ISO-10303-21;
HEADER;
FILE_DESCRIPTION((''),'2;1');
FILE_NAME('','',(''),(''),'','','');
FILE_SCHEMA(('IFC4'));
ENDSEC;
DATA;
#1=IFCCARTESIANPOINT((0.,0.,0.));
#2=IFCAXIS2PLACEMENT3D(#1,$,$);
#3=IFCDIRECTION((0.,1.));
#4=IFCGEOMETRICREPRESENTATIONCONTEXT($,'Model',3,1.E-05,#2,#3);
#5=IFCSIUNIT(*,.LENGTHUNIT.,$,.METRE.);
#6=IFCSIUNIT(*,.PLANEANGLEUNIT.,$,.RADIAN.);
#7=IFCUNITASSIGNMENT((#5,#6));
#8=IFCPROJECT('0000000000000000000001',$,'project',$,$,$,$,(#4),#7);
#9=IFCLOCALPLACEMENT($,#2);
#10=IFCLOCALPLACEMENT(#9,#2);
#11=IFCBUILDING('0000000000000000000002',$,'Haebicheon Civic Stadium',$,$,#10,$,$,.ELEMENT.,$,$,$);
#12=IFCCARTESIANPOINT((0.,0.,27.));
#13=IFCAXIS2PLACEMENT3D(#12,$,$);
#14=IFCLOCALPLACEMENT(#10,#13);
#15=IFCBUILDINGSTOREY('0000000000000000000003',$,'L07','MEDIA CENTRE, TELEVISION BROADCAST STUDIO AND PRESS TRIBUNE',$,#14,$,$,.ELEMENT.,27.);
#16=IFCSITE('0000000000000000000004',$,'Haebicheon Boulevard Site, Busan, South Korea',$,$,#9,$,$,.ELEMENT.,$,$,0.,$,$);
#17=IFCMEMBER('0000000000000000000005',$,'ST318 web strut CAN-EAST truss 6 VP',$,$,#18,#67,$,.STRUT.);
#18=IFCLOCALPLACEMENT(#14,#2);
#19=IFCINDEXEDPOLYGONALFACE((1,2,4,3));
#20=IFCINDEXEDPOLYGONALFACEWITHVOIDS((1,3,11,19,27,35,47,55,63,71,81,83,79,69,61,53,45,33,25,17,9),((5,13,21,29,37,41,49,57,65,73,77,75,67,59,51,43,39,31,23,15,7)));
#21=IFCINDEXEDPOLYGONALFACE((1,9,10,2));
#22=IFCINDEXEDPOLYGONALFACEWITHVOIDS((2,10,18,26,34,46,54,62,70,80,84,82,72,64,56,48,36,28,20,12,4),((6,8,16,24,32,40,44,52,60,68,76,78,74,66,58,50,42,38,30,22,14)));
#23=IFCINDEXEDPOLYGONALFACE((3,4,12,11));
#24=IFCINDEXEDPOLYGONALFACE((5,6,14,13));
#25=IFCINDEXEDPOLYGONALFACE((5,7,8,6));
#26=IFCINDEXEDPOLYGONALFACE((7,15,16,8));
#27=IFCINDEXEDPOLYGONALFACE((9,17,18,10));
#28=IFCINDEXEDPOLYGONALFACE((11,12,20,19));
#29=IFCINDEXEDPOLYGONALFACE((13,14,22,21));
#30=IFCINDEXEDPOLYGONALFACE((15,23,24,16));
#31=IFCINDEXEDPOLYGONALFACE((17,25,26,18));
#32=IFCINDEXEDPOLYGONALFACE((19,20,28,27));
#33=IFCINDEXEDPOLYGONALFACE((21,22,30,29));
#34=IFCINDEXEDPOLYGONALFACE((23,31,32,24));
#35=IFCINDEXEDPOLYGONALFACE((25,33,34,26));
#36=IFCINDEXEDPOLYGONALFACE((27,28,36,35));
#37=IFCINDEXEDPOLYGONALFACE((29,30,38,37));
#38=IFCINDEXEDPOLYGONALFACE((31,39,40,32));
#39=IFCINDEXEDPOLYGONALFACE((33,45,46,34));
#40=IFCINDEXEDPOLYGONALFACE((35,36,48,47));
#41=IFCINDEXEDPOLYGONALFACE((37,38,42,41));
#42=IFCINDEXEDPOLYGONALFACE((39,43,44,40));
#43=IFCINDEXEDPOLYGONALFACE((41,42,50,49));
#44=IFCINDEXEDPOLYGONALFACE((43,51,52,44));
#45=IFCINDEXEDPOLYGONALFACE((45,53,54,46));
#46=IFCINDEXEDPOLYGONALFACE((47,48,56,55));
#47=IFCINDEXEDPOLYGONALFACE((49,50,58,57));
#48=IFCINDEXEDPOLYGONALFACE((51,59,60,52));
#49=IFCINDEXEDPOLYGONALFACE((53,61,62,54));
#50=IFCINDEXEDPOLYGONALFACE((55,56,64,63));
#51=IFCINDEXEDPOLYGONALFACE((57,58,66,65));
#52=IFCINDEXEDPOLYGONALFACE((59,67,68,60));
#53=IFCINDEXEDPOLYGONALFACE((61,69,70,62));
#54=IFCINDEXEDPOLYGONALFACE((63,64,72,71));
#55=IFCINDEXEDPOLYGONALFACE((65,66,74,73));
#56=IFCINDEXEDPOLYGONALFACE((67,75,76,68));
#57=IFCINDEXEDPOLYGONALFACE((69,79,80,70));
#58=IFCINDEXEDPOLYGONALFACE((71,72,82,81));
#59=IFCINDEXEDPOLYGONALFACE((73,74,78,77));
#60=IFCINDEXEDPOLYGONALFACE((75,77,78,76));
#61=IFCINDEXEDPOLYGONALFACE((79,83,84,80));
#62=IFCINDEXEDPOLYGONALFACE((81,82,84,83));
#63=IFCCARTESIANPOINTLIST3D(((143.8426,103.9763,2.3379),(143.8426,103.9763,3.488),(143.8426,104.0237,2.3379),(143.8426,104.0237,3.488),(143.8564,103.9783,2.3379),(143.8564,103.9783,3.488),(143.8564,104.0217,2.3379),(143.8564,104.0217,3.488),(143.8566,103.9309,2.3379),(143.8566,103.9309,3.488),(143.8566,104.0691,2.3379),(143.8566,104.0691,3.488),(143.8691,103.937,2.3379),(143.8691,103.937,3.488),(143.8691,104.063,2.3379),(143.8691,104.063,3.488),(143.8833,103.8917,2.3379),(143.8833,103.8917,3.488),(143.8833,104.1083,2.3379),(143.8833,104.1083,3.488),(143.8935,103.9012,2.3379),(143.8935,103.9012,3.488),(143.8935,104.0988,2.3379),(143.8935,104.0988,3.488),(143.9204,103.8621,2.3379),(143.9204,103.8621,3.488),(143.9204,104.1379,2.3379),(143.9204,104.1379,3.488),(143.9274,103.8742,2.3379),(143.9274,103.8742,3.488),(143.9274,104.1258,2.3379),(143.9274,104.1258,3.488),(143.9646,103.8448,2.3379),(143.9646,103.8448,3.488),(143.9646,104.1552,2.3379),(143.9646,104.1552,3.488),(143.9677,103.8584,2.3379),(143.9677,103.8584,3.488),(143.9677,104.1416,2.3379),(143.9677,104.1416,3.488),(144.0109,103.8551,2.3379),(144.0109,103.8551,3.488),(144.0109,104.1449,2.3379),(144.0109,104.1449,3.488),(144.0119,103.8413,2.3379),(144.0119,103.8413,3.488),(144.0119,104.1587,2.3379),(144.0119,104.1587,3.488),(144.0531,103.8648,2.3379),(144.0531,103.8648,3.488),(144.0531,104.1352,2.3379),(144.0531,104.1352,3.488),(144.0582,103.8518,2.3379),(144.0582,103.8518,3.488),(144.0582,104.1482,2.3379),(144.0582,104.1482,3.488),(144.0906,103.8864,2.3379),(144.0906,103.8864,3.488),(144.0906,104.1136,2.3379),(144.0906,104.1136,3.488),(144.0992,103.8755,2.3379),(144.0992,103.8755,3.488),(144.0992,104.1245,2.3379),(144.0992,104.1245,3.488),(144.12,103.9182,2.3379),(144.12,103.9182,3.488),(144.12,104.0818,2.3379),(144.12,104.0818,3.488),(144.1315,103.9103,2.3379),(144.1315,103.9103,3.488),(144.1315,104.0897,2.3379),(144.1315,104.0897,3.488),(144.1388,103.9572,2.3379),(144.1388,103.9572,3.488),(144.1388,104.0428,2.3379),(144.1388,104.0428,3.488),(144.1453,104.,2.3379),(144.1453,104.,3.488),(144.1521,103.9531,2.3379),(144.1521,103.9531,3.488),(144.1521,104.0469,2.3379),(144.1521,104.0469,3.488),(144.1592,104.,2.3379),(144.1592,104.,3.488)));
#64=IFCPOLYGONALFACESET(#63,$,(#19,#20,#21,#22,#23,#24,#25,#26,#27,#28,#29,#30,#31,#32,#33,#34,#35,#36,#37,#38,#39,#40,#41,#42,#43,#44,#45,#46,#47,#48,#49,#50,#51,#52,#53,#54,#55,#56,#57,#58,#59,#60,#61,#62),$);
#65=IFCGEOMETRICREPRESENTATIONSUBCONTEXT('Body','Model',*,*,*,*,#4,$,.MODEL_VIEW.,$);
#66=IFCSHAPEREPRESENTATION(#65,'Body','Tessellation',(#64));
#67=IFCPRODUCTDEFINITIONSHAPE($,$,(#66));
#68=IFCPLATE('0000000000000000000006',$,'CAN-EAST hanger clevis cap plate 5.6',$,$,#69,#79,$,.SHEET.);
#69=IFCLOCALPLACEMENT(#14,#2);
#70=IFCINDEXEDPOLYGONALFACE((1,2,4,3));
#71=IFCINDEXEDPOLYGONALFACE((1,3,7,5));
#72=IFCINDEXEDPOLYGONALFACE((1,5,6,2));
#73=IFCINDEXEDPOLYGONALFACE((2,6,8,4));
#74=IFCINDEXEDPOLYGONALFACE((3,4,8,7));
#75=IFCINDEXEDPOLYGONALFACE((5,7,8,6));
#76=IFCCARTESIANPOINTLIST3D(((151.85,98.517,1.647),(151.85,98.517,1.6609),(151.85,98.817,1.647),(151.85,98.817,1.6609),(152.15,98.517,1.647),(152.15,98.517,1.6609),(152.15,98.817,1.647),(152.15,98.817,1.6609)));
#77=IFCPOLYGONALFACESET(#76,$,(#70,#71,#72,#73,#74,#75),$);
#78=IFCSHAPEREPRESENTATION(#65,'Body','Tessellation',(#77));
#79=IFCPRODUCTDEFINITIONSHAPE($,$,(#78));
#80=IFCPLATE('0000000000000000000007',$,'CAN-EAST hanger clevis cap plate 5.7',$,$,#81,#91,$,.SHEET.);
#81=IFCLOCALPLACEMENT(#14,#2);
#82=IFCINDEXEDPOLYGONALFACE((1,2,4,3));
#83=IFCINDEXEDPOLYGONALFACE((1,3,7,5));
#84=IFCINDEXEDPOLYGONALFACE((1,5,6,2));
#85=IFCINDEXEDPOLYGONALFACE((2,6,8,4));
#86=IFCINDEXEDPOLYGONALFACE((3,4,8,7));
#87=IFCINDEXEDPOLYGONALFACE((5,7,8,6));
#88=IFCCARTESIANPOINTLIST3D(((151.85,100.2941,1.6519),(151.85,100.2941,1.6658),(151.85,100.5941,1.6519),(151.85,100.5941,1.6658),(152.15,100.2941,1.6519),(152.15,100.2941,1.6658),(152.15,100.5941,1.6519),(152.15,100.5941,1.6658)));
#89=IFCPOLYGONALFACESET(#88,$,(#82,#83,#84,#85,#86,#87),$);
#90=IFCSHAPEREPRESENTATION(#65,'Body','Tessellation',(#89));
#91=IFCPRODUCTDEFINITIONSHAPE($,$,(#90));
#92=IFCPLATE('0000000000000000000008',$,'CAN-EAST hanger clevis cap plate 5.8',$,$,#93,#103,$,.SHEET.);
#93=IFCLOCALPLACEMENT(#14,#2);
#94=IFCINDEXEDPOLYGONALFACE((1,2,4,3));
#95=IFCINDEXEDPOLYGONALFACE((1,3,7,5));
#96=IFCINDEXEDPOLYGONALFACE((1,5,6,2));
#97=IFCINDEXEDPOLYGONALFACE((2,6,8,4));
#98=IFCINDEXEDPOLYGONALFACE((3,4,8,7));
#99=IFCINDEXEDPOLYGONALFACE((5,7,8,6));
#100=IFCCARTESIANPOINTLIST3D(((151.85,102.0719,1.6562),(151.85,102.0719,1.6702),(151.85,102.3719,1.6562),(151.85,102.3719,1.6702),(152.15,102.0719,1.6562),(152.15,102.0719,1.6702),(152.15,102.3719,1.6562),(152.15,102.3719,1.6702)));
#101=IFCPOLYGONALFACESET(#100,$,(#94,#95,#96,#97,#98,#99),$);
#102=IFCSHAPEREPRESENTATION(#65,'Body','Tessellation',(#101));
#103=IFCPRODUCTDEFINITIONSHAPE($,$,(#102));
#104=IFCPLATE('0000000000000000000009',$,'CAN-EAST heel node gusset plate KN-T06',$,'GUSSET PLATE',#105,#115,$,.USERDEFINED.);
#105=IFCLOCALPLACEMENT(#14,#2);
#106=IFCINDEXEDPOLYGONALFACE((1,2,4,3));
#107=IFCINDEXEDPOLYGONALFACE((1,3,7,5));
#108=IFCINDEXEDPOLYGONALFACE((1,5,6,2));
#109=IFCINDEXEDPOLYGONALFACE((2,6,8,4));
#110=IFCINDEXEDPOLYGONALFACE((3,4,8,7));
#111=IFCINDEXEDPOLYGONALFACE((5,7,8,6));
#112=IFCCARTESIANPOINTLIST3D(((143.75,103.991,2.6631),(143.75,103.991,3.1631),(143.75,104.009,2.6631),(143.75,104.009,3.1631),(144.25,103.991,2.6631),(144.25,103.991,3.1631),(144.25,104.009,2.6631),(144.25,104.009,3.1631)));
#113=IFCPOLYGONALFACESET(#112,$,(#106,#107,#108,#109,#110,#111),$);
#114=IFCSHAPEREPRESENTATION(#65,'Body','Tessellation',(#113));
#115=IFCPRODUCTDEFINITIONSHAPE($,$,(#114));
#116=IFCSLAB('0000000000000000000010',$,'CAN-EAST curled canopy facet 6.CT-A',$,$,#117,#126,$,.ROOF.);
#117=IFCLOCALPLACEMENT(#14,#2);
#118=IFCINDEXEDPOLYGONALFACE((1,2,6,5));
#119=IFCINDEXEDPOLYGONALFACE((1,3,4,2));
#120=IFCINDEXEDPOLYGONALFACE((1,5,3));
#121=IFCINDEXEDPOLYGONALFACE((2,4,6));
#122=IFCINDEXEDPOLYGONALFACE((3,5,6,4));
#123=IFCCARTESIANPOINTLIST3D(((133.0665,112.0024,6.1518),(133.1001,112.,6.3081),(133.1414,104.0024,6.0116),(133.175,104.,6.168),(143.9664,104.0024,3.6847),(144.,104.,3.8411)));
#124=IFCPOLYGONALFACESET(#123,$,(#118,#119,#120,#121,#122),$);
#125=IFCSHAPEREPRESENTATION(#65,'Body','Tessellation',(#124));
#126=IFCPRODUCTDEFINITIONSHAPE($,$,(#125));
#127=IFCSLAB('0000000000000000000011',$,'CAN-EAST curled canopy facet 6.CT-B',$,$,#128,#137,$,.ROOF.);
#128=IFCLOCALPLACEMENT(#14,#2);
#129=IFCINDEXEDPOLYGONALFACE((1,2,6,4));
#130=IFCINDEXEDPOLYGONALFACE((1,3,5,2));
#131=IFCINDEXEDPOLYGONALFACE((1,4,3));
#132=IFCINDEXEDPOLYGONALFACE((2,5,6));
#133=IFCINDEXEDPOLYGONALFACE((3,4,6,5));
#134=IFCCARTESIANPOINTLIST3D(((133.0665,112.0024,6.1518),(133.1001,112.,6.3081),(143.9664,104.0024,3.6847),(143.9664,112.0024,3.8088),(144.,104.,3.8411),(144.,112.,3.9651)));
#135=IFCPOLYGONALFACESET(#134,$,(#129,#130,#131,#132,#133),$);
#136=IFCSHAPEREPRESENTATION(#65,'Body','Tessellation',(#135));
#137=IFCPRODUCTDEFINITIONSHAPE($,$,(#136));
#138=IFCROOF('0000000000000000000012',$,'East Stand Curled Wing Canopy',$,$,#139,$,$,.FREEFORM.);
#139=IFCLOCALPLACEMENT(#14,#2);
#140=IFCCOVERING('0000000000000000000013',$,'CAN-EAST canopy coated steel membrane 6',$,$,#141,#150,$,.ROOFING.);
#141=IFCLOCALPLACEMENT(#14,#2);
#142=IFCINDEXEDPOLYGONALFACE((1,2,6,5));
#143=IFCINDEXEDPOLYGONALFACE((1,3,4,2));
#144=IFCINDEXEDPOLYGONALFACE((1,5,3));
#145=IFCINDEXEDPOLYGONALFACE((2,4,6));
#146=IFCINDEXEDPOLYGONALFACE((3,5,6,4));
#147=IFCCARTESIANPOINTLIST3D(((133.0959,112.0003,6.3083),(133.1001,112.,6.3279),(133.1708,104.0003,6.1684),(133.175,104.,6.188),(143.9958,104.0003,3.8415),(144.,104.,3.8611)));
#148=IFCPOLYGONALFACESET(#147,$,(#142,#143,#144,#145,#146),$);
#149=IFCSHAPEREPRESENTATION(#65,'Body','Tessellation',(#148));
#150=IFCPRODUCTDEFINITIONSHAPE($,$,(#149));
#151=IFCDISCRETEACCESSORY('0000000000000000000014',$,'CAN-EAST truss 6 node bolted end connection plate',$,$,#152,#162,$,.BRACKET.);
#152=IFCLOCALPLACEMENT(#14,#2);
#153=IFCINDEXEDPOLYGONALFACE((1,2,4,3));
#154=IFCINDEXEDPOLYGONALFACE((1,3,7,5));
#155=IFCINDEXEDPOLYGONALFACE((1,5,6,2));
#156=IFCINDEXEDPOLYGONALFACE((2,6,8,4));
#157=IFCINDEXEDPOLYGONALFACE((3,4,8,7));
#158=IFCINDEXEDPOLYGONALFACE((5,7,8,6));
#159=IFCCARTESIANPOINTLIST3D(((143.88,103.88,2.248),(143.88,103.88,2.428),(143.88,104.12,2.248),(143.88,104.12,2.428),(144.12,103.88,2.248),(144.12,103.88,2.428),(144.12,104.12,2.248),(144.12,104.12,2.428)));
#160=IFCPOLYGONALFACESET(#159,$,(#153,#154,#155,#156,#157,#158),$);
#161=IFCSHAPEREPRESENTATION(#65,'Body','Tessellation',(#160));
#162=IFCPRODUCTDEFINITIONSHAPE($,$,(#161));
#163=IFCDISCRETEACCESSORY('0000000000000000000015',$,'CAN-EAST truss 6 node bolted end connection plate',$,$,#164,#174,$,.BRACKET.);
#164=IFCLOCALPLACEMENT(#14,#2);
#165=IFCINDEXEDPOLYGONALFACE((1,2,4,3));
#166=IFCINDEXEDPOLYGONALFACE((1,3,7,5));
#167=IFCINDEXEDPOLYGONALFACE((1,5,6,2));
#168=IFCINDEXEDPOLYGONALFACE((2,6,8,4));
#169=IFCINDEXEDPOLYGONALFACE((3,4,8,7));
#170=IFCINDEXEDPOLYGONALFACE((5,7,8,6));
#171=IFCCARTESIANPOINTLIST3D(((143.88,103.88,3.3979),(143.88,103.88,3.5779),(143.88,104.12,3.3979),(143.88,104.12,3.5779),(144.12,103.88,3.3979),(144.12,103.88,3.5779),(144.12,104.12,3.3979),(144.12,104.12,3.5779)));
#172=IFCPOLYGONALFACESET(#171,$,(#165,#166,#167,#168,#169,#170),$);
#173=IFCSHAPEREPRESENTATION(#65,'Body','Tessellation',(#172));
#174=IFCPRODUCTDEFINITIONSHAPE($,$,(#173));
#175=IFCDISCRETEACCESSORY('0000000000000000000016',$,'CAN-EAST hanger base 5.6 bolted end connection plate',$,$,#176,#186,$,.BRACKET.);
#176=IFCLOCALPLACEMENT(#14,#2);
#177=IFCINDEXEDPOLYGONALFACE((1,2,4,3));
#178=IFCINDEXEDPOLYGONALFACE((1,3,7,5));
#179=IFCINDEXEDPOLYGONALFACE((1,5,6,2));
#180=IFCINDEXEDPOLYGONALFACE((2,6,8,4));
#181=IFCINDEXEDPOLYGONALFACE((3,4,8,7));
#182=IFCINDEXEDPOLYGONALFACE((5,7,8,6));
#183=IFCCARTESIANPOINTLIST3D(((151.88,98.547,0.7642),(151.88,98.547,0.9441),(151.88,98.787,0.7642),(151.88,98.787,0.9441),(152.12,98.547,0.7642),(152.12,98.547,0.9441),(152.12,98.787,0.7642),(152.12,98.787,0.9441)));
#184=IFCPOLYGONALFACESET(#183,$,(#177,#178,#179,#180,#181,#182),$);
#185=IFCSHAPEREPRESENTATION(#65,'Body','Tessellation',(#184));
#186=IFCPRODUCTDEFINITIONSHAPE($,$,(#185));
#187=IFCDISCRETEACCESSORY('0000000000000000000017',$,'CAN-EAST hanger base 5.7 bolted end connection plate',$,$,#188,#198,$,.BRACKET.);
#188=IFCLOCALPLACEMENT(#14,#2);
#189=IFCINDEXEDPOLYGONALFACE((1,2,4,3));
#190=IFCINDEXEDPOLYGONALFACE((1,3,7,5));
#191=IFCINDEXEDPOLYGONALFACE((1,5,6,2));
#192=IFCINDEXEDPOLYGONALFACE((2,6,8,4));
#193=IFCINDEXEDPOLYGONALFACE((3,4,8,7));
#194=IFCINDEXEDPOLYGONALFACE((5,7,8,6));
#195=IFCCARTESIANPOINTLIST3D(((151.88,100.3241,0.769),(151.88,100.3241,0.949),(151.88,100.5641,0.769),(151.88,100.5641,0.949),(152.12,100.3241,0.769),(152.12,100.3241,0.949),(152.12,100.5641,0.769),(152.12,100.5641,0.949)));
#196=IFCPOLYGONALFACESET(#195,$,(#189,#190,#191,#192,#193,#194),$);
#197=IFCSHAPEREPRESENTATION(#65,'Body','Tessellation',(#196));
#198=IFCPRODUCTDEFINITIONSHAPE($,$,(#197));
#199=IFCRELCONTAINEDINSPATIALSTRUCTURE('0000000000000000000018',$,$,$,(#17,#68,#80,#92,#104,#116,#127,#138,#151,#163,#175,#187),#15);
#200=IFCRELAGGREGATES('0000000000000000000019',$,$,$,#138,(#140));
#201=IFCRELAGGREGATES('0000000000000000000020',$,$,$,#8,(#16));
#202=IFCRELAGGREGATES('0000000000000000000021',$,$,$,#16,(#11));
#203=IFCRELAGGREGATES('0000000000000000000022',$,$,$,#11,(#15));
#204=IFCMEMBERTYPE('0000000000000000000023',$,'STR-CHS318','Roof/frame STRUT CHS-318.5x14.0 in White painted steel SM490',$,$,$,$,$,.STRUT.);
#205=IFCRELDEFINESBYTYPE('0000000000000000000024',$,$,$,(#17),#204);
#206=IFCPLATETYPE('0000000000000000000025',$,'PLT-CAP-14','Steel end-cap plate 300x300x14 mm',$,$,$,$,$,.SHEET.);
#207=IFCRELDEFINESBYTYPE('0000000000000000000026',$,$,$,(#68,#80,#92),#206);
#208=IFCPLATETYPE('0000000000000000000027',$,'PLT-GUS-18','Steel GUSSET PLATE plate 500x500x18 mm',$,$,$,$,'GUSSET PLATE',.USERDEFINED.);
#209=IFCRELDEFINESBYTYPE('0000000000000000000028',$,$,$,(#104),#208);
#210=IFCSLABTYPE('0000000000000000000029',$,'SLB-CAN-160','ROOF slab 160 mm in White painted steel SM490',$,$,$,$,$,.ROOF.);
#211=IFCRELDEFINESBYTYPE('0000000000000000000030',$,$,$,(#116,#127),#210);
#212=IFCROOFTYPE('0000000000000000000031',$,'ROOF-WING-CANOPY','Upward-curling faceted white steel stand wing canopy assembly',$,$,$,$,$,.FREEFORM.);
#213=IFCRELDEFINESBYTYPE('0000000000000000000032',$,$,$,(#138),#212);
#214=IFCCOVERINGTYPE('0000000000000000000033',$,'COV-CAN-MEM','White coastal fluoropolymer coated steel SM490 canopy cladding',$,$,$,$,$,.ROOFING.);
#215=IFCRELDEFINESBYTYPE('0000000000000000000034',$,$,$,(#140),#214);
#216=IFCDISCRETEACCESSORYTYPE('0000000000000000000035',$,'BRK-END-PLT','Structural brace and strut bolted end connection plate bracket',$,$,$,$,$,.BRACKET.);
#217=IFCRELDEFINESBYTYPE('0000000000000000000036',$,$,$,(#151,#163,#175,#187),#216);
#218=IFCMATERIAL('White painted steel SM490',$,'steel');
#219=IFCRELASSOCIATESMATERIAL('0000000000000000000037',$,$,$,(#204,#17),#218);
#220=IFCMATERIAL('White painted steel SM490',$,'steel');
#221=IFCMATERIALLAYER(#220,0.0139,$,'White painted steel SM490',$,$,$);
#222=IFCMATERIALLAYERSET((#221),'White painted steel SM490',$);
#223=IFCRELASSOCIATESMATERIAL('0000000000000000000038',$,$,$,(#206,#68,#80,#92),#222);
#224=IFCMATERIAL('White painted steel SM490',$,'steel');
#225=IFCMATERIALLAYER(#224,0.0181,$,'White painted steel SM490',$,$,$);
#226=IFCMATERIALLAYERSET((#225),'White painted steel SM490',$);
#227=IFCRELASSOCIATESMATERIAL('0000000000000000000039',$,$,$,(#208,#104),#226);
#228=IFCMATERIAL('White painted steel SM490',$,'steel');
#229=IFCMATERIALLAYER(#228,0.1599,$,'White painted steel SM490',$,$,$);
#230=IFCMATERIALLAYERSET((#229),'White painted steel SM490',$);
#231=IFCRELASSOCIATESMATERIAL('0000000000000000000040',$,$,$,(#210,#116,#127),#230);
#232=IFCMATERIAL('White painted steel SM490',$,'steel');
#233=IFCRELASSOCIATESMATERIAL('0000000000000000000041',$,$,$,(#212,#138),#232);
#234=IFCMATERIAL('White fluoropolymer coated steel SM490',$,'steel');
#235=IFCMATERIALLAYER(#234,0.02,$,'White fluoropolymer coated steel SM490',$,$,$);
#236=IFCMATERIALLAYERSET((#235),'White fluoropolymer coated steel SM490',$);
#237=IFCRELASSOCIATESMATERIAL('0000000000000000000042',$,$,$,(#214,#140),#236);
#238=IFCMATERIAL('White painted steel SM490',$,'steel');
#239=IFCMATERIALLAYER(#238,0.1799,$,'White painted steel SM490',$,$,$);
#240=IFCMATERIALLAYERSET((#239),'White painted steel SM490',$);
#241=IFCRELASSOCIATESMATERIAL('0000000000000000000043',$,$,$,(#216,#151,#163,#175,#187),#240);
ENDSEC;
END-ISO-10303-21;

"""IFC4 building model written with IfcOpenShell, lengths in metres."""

from ifc_helpers import new_model, si_unit, direction, frame, origin, origin_2d, place, context, subcontext, project, spatial, polyline, rectangle, hollow_circle, outline, extrude, material, layer, layer_set, material_profile, profile_set, type_object, element, aggregate, save


model = new_model("IFC4")

# Units and contexts
model_context = context("Model", 3, precision=1e-05, world=origin(), true_north=direction((0.0, 1.0)))
body_context = subcontext(model_context, "Body", "Model", "MODEL_VIEW")
ifc_project = project(units=[si_unit("LENGTHUNIT", "METRE"), si_unit("PLANEANGLEUNIT", "RADIAN")], contexts=[model_context])

# Site, building, storey
site_placement = place(None, origin())
site = spatial("IfcSite", under=ifc_project, at=site_placement, Name="Haebicheon Boulevard Site, Busan, South Korea", CompositionType="ELEMENT", RefElevation=0.0)
building_placement = place(site_placement, origin())
building = spatial("IfcBuilding", under=site, at=building_placement, Name="Haebicheon Civic Stadium", CompositionType="ELEMENT")
storey_placement = place(building_placement, frame((0.0, 0.0, 27.0)))
storey = spatial("IfcBuildingStorey", under=building, at=storey_placement, Name="L07", Description="MEDIA CENTRE, TELEVISION BROADCAST STUDIO AND PRESS TRIBUNE", CompositionType="ELEMENT", Elevation=27.0)

# Member
ifc_material_1 = material(Name="White painted steel SM490", Category="steel")
ifc_material_profile_1 = material_profile(ifc_material_1, hollow_circle(Radius=0.1592, WallThickness=0.0139, at=origin_2d()), Name="CHS-318.5x14.0")
ifc_profile_set_1 = profile_set([ifc_material_profile_1], Name="White painted steel SM490")
member_type_1 = type_object("IfcMemberType", Name="STR-CHS318", Description="Roof/frame STRUT CHS-318.5x14.0 in White painted steel SM490", PredefinedType="STRUT", material=ifc_profile_set_1)
member_1_placement = place(storey_placement, frame((144.0, 104.0, 2.3379), z_axis=(0.0, 0.0, 1.0), x_axis=(1.0, 0.0, 0.0)))
element("IfcMember", 1, at=member_1_placement, inside=storey, type_object=member_type_1, material=ifc_profile_set_1, Name="ST318 web strut CAN-EAST truss 6 VP", PredefinedType="STRUT", context=body_context, shape_type="SweptSolid", body=[
    extrude(hollow_circle(Radius=0.1592, WallThickness=0.0139, at=origin_2d()), origin(), (0.0, 0.0, 1.0), 1.1501),
])

# Plates
ifc_material_2 = material(Name="White painted steel SM490", Category="steel")
ifc_layer_1 = layer(ifc_material_2, 0.0139, Name="White painted steel SM490")
ifc_layer_set_1 = layer_set([ifc_layer_1], Name="White painted steel SM490")
plate_type_1 = type_object("IfcPlateType", Name="PLT-CAP-14", Description="Steel end-cap plate 300x300x14 mm", PredefinedType="SHEET", material=ifc_layer_set_1)
for number, where, z_axis, x_axis, name in (
    (2, (152.0, 98.667, 1.647), (0.0, 0.0, 1.0), (1.0, 0.0, 0.0), "CAN-EAST hanger clevis cap plate 5.6"),
    (3, (152.0, 100.4441, 1.6519), (0.0, 0.0, 1.0), (1.0, 0.0, 0.0), "CAN-EAST hanger clevis cap plate 5.7"),
    (4, (152.0, 102.2219, 1.6562), (0.0, 0.0, 1.0), (1.0, 0.0, 0.0), "CAN-EAST hanger clevis cap plate 5.8"),
):
    element("IfcPlate", number, at=place(storey_placement, frame(where, z_axis=z_axis, x_axis=x_axis)), inside=storey, type_object=plate_type_1, material=ifc_layer_set_1, Name=name, PredefinedType="SHEET", context=body_context, shape_type="SweptSolid", body=[
        extrude(rectangle(XDim=0.3, YDim=0.3, at=origin_2d()), origin(), (0.0, 0.0, 1.0), 0.0139),
    ])
ifc_material_3 = material(Name="White painted steel SM490", Category="steel")
ifc_layer_2 = layer(ifc_material_3, 0.0181, Name="White painted steel SM490")
ifc_layer_set_2 = layer_set([ifc_layer_2], Name="White painted steel SM490")
plate_type_2 = type_object("IfcPlateType", Name="PLT-GUS-18", Description="Steel GUSSET PLATE plate 500x500x18 mm", ElementType="GUSSET PLATE", PredefinedType="USERDEFINED", material=ifc_layer_set_2)
plate_placement = place(storey_placement, frame((144.0, 104.0, 2.6631), z_axis=(0.0, 0.0, 1.0), x_axis=(1.0, 0.0, 0.0)))
element("IfcPlate", 5, at=plate_placement, inside=storey, type_object=plate_type_2, material=ifc_layer_set_2, Name="CAN-EAST heel node gusset plate KN-T06", ObjectType="GUSSET PLATE", PredefinedType="USERDEFINED", context=body_context, shape_type="SweptSolid", body=[
    extrude(rectangle(XDim=0.5, YDim=0.0181, at=origin_2d()), origin(), (0.0, 0.0, 1.0), 0.5),
])

# Slabs
ifc_material_4 = material(Name="White painted steel SM490", Category="steel")
ifc_layer_3 = layer(ifc_material_4, 0.1599, Name="White painted steel SM490")
ifc_layer_set_3 = layer_set([ifc_layer_3], Name="White painted steel SM490")
slab_type = type_object("IfcSlabType", Name="SLB-CAN-160", Description="ROOF slab 160 mm in White painted steel SM490", PredefinedType="ROOF", material=ifc_layer_set_3)
slab_1_placement = place(storey_placement, frame((144.0, 104.0, 3.8411), z_axis=(0.210133, -0.015155, 0.977555), x_axis=(-0.977668, 0.0, 0.210157)))
element("IfcSlab", 6, at=slab_1_placement, inside=storey, type_object=slab_type, material=ifc_layer_set_3, Name="CAN-EAST curled canopy facet 6.CT-A", PredefinedType="ROOF", context=body_context, shape_type="SweptSolid", body=[
    extrude(outline(polyline([(0.0, 0.0), (11.0722, 0.0), (11.1749, -8.0009), (0.0, 0.0)])), origin(), (0.0, 0.0, -1.0), 0.1599),
])
slab_2_placement = place(storey_placement, frame((144.0, 104.0, 3.8411), z_axis=(0.210133, -0.015155, 0.977555), x_axis=(-0.793073, 0.582077, 0.179501)))
element("IfcSlab", 7, at=slab_2_placement, inside=storey, type_object=slab_type, material=ifc_layer_set_3, Name="CAN-EAST curled canopy facet 6.CT-B", PredefinedType="ROOF", context=body_context, shape_type="SweptSolid", body=[
    extrude(outline(polyline([(0.0, 0.0), (13.7439, 0.0), (4.6789, -6.4903), (0.0, 0.0)])), origin(), (0.0, 0.0, -1.0), 0.1599),
])

# Roof, covering
ifc_material_5 = material(Name="White painted steel SM490", Category="steel")
roof_type = type_object("IfcRoofType", Name="ROOF-WING-CANOPY", Description="Upward-curling faceted white steel stand wing canopy assembly", PredefinedType="FREEFORM", material=ifc_material_5)
roof_placement = place(storey_placement, origin())
roof = element("IfcRoof", 8, at=roof_placement, inside=storey, type_object=roof_type, material=ifc_material_5, Name="East Stand Curled Wing Canopy", PredefinedType="FREEFORM")
ifc_material_6 = material(Name="White fluoropolymer coated steel SM490", Category="steel")
ifc_layer_4 = layer(ifc_material_6, 0.02, Name="White fluoropolymer coated steel SM490")
ifc_layer_set_4 = layer_set([ifc_layer_4], Name="White fluoropolymer coated steel SM490")
covering_type = type_object("IfcCoveringType", Name="COV-CAN-MEM", Description="White coastal fluoropolymer coated steel SM490 canopy cladding", PredefinedType="ROOFING", material=ifc_layer_set_4)
covering_placement = place(storey_placement, frame((144.0, 104.0, 3.8611), z_axis=(0.210133, -0.015125, 0.977556), x_axis=(-0.977668, 0.0, 0.210157)))
covering = element("IfcCovering", 9, at=covering_placement, type_object=covering_type, material=ifc_layer_set_4, Name="CAN-EAST canopy coated steel membrane 6", PredefinedType="ROOFING", context=body_context, shape_type="SweptSolid", body=[
    extrude(outline(polyline([(0.0, 0.0), (11.0722, 0.0), (11.1749, -8.0009), (0.0, 0.0)])), origin(), (0.0, 0.0, -1.0), 0.02),
])
aggregate(roof, [covering])

# Discrete accessories
ifc_material_7 = material(Name="White painted steel SM490", Category="steel")
ifc_layer_5 = layer(ifc_material_7, 0.1799, Name="White painted steel SM490")
ifc_layer_set_5 = layer_set([ifc_layer_5], Name="White painted steel SM490")
discrete_accessory_type = type_object("IfcDiscreteAccessoryType", Name="BRK-END-PLT", Description="Structural brace and strut bolted end connection plate bracket", PredefinedType="BRACKET", material=ifc_layer_set_5)
for number, where, z_axis, x_axis, name in (
    (10, (144.0, 104.0, 2.248), (0.0, 0.0, 1.0), (1.0, 0.0, 0.0), "CAN-EAST truss 6 node bolted end connection plate"),
    (11, (144.0, 104.0, 3.3979), (0.0, 0.0, 1.0), (1.0, 0.0, 0.0), "CAN-EAST truss 6 node bolted end connection plate"),
    (12, (152.0, 98.667, 0.7642), (0.0, 0.0, 1.0), (1.0, 0.0, 0.0), "CAN-EAST hanger base 5.6 bolted end connection plate"),
    (13, (152.0, 100.4441, 0.769), (0.0, 0.0, 1.0), (1.0, 0.0, 0.0), "CAN-EAST hanger base 5.7 bolted end connection plate"),
):
    element("IfcDiscreteAccessory", number, at=place(storey_placement, frame(where, z_axis=z_axis, x_axis=x_axis)), inside=storey, type_object=discrete_accessory_type, material=ifc_layer_set_5, Name=name, PredefinedType="BRACKET", context=body_context, shape_type="SweptSolid", body=[
        extrude(rectangle(XDim=0.24, YDim=0.24, at=origin_2d()), origin(), (0.0, 0.0, 1.0), 0.1799),
    ])

save(model, "model.ifc")
